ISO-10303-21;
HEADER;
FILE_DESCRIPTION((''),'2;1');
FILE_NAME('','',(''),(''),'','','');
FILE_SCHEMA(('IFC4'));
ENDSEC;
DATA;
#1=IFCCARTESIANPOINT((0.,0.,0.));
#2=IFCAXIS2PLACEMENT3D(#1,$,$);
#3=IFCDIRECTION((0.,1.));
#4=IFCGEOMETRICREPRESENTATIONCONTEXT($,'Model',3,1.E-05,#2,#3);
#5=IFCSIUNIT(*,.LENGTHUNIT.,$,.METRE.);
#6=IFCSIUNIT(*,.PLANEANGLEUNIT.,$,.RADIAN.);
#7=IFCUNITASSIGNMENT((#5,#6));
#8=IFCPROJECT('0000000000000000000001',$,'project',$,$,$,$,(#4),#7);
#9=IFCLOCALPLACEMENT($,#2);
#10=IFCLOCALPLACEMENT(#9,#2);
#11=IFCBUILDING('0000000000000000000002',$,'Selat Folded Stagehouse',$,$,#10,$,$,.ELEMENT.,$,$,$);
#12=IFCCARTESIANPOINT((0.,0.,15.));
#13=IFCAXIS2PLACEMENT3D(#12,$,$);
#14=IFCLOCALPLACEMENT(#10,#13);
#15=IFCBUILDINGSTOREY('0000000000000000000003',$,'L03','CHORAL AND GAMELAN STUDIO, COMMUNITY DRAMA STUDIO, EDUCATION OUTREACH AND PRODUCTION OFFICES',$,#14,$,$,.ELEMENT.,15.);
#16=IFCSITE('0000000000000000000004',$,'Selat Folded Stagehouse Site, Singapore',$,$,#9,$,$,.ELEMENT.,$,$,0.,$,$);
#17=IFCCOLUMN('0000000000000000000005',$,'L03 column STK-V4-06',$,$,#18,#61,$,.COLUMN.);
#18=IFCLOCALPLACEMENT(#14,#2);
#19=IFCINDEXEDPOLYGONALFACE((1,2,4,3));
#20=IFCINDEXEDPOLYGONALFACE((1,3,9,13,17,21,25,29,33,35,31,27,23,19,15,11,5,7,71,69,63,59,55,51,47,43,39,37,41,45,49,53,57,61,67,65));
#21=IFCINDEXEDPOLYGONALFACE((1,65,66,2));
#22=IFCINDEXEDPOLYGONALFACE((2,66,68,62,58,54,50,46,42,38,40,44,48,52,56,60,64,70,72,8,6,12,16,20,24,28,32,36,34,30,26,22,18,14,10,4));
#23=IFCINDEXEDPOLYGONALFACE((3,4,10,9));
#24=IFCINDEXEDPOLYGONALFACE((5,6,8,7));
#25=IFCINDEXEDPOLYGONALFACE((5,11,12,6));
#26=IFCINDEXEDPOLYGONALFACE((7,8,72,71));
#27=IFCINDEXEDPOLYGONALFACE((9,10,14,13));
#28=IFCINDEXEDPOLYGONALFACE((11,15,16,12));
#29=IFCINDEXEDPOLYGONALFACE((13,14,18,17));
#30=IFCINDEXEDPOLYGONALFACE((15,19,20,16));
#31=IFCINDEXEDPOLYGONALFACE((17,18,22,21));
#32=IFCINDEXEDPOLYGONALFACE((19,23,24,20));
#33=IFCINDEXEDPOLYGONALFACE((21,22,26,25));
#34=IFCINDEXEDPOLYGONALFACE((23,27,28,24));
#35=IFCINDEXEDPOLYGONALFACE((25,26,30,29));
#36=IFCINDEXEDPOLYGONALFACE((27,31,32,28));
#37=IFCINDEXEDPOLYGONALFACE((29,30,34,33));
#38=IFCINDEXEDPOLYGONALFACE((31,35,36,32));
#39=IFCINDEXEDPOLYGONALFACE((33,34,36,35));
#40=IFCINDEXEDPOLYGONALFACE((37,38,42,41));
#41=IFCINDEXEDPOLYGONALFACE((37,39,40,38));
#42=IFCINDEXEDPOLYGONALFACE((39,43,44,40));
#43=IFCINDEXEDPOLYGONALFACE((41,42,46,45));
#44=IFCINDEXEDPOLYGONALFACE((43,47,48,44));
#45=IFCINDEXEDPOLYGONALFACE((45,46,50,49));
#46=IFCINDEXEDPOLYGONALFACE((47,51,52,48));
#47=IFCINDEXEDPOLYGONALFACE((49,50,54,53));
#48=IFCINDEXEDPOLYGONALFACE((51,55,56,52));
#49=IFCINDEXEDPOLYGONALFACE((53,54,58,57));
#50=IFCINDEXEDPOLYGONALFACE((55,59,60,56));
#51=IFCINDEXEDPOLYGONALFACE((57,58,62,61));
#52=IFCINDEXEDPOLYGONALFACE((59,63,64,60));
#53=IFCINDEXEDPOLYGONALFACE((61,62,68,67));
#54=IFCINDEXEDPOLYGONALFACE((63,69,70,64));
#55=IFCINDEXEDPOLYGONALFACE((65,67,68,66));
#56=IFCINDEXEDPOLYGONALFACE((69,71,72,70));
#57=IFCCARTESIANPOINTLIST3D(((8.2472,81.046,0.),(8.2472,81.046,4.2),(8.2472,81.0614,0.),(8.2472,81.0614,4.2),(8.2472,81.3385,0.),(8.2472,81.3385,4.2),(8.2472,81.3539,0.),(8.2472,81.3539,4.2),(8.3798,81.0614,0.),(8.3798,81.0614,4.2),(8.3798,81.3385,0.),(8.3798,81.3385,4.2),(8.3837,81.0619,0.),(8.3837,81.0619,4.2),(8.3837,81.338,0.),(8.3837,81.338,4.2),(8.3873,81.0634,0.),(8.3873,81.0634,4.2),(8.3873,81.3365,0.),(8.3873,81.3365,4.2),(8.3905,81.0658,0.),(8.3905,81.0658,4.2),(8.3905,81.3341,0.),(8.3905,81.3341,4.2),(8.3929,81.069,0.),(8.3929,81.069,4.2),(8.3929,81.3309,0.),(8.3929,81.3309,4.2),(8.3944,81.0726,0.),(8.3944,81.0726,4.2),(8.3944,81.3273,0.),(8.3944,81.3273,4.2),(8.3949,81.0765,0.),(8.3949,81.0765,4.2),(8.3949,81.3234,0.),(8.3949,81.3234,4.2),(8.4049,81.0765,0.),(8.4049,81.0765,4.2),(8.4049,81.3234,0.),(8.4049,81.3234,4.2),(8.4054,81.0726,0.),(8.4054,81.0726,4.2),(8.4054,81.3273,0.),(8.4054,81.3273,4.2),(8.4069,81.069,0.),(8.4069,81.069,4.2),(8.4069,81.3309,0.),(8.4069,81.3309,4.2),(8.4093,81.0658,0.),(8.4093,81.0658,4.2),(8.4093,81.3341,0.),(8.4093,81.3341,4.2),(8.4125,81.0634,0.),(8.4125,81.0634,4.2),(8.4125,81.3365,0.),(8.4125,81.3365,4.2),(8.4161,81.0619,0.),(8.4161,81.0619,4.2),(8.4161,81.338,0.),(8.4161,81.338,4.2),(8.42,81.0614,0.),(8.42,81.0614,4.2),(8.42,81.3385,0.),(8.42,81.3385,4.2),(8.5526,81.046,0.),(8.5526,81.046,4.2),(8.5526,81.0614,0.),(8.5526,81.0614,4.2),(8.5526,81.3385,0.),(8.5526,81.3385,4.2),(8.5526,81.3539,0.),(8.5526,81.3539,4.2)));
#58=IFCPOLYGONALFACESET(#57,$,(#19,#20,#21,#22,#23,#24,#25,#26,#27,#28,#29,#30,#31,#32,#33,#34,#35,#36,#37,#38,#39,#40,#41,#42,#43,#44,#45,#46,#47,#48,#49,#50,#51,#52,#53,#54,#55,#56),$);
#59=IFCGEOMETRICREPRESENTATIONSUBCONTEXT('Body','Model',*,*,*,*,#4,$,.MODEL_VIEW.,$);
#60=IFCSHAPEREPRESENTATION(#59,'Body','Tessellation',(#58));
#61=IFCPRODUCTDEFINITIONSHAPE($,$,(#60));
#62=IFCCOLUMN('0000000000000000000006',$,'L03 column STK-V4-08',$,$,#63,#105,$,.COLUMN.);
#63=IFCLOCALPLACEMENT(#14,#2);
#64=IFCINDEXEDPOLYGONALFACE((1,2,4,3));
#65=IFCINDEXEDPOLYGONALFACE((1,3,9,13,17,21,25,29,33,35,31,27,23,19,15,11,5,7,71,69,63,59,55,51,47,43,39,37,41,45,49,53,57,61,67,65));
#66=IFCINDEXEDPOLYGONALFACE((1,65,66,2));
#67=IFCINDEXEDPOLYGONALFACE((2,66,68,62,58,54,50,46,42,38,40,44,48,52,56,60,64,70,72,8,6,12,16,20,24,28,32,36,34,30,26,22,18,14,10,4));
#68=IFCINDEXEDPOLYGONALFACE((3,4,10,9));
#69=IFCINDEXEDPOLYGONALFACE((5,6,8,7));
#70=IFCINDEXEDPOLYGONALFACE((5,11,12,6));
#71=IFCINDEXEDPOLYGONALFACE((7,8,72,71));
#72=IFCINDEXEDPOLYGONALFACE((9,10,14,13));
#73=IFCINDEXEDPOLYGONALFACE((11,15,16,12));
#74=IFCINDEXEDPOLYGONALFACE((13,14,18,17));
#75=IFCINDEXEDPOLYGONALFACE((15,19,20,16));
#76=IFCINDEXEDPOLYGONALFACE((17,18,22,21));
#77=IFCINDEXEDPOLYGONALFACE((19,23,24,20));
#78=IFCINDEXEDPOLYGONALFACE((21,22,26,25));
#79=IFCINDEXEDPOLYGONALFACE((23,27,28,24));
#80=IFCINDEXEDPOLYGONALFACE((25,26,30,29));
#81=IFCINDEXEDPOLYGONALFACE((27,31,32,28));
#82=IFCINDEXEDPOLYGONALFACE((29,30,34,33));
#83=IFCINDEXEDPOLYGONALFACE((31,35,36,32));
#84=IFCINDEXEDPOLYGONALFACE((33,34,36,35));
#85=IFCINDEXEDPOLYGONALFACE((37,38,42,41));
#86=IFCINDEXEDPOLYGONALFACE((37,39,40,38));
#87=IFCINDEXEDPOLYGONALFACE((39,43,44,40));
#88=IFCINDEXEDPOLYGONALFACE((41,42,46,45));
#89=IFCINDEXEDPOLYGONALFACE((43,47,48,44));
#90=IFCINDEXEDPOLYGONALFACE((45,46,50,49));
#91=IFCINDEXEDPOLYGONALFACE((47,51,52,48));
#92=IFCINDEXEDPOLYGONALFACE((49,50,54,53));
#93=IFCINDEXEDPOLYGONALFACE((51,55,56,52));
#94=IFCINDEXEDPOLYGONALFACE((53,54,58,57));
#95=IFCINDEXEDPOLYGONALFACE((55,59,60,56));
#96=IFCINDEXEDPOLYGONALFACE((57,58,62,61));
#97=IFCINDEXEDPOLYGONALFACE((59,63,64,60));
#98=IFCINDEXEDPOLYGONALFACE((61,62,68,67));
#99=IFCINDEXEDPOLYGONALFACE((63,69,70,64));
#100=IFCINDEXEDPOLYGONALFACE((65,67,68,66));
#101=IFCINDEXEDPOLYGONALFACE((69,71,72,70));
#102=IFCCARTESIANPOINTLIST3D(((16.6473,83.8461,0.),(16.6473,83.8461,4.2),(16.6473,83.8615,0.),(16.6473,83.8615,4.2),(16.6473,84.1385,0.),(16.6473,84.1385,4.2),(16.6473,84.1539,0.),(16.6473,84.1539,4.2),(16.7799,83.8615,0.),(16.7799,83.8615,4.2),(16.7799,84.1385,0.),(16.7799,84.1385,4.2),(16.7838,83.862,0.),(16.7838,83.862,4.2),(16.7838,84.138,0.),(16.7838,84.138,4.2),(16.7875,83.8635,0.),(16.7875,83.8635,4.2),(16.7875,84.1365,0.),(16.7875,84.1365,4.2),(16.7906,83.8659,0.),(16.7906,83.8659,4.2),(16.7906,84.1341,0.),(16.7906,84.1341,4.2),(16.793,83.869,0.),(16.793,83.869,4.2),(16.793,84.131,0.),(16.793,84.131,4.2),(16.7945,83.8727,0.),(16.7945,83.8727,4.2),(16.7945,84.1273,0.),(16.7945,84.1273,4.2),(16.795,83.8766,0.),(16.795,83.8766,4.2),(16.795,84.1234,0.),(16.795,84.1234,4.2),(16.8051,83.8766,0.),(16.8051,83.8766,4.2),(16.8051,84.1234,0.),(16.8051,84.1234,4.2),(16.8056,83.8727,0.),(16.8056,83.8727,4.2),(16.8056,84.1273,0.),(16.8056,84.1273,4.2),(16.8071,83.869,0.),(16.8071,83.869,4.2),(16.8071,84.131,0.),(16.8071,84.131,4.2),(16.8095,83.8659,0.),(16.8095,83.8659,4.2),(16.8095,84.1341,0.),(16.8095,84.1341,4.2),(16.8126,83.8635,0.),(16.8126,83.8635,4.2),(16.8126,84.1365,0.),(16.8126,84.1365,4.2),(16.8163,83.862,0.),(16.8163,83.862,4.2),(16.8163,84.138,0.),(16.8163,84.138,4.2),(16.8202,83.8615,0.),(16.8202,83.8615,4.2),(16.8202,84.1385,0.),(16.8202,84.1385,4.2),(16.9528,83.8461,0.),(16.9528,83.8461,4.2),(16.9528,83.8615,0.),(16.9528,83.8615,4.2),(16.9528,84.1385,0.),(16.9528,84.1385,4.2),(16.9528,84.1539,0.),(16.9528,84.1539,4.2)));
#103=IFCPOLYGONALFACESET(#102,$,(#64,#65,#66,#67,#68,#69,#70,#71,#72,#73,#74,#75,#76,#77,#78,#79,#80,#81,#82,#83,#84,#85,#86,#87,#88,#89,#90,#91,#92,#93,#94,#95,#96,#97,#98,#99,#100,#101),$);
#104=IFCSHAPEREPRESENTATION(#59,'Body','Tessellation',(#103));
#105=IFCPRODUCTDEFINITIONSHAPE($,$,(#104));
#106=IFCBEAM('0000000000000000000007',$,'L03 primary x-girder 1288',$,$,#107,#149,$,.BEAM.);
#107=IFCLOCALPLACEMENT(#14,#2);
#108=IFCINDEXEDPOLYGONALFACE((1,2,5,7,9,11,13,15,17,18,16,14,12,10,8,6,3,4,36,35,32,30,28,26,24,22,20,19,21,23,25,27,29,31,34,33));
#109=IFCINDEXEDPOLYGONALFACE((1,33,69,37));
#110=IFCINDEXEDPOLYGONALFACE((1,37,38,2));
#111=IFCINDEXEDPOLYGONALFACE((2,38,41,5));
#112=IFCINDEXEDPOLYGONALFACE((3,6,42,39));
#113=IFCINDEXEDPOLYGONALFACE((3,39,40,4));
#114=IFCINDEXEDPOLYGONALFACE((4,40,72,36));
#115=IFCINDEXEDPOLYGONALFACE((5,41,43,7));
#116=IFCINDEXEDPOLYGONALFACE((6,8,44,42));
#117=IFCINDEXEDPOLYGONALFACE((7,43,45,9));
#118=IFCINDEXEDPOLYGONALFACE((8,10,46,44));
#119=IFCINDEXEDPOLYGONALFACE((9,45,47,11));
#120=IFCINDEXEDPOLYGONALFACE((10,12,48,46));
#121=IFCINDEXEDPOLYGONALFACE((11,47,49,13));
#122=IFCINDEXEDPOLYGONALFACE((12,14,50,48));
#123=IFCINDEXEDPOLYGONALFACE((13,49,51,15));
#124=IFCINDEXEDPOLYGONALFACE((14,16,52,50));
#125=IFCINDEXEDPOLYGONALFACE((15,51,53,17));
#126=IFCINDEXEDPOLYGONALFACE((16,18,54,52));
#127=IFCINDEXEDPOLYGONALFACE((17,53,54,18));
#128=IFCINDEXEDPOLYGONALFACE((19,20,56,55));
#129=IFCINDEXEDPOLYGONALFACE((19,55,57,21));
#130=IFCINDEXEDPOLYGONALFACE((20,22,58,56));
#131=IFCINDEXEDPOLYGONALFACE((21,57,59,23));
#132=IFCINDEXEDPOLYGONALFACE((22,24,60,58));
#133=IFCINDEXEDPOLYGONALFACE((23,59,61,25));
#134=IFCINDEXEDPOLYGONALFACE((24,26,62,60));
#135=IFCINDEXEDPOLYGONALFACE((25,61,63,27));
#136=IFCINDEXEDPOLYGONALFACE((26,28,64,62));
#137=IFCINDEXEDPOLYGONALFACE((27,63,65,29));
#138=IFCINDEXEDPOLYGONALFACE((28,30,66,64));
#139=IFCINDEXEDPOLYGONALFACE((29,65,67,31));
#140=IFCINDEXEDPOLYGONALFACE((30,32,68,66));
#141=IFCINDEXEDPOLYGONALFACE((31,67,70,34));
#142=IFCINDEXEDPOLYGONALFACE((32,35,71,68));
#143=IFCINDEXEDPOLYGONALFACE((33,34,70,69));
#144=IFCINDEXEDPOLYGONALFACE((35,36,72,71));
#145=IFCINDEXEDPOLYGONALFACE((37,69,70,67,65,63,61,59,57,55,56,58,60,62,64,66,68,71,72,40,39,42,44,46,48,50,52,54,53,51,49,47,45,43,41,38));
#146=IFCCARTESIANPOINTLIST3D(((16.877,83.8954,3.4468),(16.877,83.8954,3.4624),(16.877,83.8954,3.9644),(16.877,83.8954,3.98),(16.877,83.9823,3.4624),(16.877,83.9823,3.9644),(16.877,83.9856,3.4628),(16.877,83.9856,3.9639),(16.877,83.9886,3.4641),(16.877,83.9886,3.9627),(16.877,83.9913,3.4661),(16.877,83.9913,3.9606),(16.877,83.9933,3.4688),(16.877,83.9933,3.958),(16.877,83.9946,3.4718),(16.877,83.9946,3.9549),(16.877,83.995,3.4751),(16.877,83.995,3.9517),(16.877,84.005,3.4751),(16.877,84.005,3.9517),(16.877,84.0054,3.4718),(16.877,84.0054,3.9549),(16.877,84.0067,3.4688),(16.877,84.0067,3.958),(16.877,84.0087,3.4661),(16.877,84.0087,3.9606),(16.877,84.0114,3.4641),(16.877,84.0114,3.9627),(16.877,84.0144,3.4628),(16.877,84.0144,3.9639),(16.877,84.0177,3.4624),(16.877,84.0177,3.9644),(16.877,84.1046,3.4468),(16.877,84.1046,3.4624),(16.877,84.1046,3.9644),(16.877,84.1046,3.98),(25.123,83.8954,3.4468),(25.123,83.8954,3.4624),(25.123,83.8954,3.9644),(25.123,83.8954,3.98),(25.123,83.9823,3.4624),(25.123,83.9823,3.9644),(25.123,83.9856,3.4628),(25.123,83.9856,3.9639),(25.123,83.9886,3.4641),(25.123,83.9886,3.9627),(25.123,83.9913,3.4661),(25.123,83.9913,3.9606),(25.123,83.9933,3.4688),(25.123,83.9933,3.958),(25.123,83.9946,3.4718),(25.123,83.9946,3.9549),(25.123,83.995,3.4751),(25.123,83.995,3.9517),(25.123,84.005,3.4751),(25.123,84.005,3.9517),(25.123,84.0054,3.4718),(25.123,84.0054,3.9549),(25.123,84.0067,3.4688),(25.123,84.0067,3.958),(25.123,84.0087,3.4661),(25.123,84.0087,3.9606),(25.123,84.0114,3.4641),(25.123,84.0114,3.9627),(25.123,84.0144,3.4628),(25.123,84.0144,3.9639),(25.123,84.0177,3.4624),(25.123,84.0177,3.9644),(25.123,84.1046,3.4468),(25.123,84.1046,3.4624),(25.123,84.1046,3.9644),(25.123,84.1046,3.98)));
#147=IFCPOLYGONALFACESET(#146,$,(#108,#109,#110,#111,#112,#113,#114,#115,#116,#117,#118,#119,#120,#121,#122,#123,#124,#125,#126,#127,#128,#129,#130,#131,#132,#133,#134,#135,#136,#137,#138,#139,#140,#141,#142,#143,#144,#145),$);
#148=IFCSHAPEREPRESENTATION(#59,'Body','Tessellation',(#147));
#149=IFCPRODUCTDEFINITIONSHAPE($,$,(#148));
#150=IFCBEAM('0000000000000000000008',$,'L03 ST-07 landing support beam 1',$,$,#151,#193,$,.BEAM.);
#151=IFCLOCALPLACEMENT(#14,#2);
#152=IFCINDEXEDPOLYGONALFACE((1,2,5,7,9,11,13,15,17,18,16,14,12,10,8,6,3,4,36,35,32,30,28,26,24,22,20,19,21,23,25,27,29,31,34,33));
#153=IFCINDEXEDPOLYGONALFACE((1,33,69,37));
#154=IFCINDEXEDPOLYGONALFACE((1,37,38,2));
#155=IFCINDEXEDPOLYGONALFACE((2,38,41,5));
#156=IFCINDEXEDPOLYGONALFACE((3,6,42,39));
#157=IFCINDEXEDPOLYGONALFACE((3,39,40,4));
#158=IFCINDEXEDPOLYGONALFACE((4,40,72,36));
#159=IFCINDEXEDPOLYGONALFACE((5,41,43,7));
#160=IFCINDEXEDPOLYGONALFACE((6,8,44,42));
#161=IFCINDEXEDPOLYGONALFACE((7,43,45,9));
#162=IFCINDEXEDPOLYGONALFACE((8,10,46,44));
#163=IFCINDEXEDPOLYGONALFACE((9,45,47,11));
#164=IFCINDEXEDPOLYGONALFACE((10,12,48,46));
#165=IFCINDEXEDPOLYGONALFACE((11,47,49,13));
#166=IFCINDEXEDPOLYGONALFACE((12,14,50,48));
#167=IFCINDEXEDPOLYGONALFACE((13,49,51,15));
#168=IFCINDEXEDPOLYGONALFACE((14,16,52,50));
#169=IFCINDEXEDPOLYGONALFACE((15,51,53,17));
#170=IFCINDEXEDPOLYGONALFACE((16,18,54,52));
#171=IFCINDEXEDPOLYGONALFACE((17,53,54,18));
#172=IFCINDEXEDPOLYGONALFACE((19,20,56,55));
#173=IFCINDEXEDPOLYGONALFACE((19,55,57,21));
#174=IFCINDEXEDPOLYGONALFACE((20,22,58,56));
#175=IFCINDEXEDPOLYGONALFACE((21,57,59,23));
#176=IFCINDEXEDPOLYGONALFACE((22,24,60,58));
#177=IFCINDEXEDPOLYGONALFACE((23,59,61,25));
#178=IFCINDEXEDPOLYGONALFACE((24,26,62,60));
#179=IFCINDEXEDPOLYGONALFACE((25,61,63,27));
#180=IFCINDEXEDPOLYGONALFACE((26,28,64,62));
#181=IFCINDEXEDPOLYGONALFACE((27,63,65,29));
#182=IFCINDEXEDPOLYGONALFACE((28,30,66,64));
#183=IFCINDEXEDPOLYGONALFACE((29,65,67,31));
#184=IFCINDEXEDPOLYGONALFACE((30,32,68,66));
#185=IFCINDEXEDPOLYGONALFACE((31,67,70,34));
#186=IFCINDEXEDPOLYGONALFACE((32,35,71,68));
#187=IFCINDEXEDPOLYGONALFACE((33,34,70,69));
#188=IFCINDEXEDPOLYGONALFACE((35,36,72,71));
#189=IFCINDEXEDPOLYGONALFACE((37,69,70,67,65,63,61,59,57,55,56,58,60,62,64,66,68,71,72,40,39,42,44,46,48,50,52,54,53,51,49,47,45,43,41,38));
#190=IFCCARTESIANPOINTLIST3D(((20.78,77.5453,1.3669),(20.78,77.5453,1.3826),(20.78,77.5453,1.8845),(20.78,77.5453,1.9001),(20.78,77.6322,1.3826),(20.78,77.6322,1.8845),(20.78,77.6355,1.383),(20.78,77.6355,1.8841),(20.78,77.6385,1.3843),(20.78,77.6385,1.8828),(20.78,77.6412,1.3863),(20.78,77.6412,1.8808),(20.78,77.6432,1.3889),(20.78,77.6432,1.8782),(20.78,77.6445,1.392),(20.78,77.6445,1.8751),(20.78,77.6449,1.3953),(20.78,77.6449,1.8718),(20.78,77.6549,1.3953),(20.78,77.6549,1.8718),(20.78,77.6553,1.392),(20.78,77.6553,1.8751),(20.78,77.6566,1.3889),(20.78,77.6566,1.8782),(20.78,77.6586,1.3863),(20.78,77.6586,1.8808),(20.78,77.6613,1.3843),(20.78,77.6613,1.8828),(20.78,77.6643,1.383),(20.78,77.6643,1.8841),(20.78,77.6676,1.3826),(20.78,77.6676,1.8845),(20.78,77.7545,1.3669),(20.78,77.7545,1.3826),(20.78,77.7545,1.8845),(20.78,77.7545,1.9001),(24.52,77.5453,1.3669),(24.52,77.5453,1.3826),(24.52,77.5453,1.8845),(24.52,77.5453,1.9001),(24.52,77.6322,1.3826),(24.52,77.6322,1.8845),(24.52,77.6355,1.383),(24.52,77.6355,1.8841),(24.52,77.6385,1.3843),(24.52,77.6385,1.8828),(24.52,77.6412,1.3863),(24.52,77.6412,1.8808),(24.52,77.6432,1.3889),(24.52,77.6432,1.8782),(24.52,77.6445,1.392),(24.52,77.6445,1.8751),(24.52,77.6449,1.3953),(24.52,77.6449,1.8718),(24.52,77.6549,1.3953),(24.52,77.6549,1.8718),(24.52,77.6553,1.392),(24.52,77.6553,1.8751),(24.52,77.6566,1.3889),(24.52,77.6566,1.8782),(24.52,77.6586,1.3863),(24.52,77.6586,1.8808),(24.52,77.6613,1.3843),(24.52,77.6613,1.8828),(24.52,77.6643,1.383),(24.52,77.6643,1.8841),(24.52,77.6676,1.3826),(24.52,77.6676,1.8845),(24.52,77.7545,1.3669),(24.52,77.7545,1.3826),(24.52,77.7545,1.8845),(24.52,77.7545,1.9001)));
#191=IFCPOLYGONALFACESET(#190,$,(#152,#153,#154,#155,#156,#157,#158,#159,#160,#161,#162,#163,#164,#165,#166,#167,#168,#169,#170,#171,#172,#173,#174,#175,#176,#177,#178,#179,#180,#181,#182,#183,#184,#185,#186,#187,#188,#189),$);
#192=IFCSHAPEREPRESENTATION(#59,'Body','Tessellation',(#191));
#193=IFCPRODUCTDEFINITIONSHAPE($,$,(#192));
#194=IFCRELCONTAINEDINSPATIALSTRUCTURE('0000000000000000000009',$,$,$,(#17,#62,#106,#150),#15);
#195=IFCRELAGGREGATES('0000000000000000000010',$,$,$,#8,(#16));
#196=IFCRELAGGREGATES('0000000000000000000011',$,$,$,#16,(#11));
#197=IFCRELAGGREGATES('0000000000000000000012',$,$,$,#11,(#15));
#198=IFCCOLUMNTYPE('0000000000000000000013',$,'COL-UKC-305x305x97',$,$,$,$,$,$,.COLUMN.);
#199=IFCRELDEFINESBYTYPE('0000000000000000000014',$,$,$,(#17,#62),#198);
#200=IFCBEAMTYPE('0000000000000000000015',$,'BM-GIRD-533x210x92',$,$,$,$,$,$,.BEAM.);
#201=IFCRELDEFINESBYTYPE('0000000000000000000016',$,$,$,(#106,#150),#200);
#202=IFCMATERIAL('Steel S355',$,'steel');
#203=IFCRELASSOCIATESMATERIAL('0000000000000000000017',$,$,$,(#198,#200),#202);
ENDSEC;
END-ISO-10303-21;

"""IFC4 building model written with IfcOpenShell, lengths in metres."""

from ifc_helpers import new_model, si_unit, direction, frame, origin, origin_2d, place, context, subcontext, project, spatial, i_section, extrude, material, material_profile, profile_set, type_object, element, save


model = new_model("IFC4")

# Units and contexts
model_context = context("Model", 3, precision=1e-05, world=origin(), true_north=direction((0.0, 1.0)))
body_context = subcontext(model_context, "Body", "Model", "MODEL_VIEW")
ifc_project = project(units=[si_unit("LENGTHUNIT", "METRE"), si_unit("PLANEANGLEUNIT", "RADIAN")], contexts=[model_context])

# Site, building, storey
site_placement = place(None, origin())
site = spatial("IfcSite", under=ifc_project, at=site_placement, Name="Selat Folded Stagehouse Site, Singapore", CompositionType="ELEMENT", RefElevation=0.0)
building_placement = place(site_placement, origin())
building = spatial("IfcBuilding", under=site, at=building_placement, Name="Selat Folded Stagehouse", CompositionType="ELEMENT")
storey_placement = place(building_placement, frame((0.0, 0.0, 15.0)))
storey = spatial("IfcBuildingStorey", under=building, at=storey_placement, Name="L03", Description="CHORAL AND GAMELAN STUDIO, COMMUNITY DRAMA STUDIO, EDUCATION OUTREACH AND PRODUCTION OFFICES", CompositionType="ELEMENT", Elevation=15.0)

# Columns
ifc_material_1 = material(Name="Steel S355", Category="steel")
ifc_material_profile_1 = material_profile(ifc_material_1, i_section(OverallWidth=0.3054, OverallDepth=0.3079, WebThickness=0.01, FlangeThickness=0.0154, FilletRadius=0.0151, at=origin_2d()), Name="UKC 305x305x97")
ifc_profile_set_1 = profile_set([ifc_material_profile_1], Name="Steel S355")
column_type = type_object("IfcColumnType", Name="COL-UKC-305x305x97", PredefinedType="COLUMN", material=ifc_profile_set_1)
for number, where, z_axis, x_axis, name in (
    (1, (8.3999, 81.2, 0.0), (0.0, 0.0, 1.0), (1.0, 0.0, 0.0), "L03 column STK-V4-06"),
    (2, (16.8, 84.0, 0.0), (0.0, 0.0, 1.0), (1.0, 0.0, 0.0), "L03 column STK-V4-08"),
):
    element("IfcColumn", number, at=place(storey_placement, frame(where, z_axis=z_axis, x_axis=x_axis)), inside=storey, type_object=column_type, Name=name, PredefinedType="COLUMN", context=body_context, shape_type="SweptSolid", body=[
        extrude(i_section(OverallWidth=0.3054, OverallDepth=0.3079, WebThickness=0.01, FlangeThickness=0.0154, FilletRadius=0.0151, at=origin_2d()), origin(), (0.0, 0.0, 1.0), 4.2),
    ])

# Beams
ifc_material_profile_2 = material_profile(ifc_material_1, i_section(OverallWidth=0.2092, OverallDepth=0.5332, WebThickness=0.01, FlangeThickness=0.0156, FilletRadius=0.0127, at=origin_2d()), Name="UKB 533x210x92")
ifc_profile_set_2 = profile_set([ifc_material_profile_2], Name="Steel S355")
beam_type_1 = type_object("IfcBeamType", Name="BM-GIRD-533x210x92", PredefinedType="BEAM", material=ifc_profile_set_2)
beam_1_placement = place(storey_placement, frame((16.877, 84.0, 3.7134), z_axis=(1.0, 0.0, 0.0), x_axis=(0.0, 1.0, 0.0)))
element("IfcBeam", 3, at=beam_1_placement, inside=storey, type_object=beam_type_1, Name="L03 primary x-girder 1288", PredefinedType="BEAM", context=body_context, shape_type="SweptSolid", body=[
    extrude(i_section(OverallWidth=0.2092, OverallDepth=0.5332, WebThickness=0.01, FlangeThickness=0.0156, FilletRadius=0.0127, at=origin_2d()), origin(), (0.0, 0.0, 1.0), 8.2461),
])
for number, where, z_axis, x_axis, name in (
    (4, (20.78, 77.6499, 1.6335), (1.0, 0.0, 0.0), (0.0, 1.0, 0.0), "L03 ST-07 landing support beam 1"),
):
    element("IfcBeam", number, at=place(storey_placement, frame(where, z_axis=z_axis, x_axis=x_axis)), inside=storey, type_object=beam_type_1, Name=name, PredefinedType="BEAM", context=body_context, shape_type="SweptSolid", body=[
        extrude(i_section(OverallWidth=0.2092, OverallDepth=0.5332, WebThickness=0.01, FlangeThickness=0.0156, FilletRadius=0.0127, at=origin_2d()), origin(), (0.0, 0.0, 1.0), 3.74),
    ])

save(model, "model.ifc")
